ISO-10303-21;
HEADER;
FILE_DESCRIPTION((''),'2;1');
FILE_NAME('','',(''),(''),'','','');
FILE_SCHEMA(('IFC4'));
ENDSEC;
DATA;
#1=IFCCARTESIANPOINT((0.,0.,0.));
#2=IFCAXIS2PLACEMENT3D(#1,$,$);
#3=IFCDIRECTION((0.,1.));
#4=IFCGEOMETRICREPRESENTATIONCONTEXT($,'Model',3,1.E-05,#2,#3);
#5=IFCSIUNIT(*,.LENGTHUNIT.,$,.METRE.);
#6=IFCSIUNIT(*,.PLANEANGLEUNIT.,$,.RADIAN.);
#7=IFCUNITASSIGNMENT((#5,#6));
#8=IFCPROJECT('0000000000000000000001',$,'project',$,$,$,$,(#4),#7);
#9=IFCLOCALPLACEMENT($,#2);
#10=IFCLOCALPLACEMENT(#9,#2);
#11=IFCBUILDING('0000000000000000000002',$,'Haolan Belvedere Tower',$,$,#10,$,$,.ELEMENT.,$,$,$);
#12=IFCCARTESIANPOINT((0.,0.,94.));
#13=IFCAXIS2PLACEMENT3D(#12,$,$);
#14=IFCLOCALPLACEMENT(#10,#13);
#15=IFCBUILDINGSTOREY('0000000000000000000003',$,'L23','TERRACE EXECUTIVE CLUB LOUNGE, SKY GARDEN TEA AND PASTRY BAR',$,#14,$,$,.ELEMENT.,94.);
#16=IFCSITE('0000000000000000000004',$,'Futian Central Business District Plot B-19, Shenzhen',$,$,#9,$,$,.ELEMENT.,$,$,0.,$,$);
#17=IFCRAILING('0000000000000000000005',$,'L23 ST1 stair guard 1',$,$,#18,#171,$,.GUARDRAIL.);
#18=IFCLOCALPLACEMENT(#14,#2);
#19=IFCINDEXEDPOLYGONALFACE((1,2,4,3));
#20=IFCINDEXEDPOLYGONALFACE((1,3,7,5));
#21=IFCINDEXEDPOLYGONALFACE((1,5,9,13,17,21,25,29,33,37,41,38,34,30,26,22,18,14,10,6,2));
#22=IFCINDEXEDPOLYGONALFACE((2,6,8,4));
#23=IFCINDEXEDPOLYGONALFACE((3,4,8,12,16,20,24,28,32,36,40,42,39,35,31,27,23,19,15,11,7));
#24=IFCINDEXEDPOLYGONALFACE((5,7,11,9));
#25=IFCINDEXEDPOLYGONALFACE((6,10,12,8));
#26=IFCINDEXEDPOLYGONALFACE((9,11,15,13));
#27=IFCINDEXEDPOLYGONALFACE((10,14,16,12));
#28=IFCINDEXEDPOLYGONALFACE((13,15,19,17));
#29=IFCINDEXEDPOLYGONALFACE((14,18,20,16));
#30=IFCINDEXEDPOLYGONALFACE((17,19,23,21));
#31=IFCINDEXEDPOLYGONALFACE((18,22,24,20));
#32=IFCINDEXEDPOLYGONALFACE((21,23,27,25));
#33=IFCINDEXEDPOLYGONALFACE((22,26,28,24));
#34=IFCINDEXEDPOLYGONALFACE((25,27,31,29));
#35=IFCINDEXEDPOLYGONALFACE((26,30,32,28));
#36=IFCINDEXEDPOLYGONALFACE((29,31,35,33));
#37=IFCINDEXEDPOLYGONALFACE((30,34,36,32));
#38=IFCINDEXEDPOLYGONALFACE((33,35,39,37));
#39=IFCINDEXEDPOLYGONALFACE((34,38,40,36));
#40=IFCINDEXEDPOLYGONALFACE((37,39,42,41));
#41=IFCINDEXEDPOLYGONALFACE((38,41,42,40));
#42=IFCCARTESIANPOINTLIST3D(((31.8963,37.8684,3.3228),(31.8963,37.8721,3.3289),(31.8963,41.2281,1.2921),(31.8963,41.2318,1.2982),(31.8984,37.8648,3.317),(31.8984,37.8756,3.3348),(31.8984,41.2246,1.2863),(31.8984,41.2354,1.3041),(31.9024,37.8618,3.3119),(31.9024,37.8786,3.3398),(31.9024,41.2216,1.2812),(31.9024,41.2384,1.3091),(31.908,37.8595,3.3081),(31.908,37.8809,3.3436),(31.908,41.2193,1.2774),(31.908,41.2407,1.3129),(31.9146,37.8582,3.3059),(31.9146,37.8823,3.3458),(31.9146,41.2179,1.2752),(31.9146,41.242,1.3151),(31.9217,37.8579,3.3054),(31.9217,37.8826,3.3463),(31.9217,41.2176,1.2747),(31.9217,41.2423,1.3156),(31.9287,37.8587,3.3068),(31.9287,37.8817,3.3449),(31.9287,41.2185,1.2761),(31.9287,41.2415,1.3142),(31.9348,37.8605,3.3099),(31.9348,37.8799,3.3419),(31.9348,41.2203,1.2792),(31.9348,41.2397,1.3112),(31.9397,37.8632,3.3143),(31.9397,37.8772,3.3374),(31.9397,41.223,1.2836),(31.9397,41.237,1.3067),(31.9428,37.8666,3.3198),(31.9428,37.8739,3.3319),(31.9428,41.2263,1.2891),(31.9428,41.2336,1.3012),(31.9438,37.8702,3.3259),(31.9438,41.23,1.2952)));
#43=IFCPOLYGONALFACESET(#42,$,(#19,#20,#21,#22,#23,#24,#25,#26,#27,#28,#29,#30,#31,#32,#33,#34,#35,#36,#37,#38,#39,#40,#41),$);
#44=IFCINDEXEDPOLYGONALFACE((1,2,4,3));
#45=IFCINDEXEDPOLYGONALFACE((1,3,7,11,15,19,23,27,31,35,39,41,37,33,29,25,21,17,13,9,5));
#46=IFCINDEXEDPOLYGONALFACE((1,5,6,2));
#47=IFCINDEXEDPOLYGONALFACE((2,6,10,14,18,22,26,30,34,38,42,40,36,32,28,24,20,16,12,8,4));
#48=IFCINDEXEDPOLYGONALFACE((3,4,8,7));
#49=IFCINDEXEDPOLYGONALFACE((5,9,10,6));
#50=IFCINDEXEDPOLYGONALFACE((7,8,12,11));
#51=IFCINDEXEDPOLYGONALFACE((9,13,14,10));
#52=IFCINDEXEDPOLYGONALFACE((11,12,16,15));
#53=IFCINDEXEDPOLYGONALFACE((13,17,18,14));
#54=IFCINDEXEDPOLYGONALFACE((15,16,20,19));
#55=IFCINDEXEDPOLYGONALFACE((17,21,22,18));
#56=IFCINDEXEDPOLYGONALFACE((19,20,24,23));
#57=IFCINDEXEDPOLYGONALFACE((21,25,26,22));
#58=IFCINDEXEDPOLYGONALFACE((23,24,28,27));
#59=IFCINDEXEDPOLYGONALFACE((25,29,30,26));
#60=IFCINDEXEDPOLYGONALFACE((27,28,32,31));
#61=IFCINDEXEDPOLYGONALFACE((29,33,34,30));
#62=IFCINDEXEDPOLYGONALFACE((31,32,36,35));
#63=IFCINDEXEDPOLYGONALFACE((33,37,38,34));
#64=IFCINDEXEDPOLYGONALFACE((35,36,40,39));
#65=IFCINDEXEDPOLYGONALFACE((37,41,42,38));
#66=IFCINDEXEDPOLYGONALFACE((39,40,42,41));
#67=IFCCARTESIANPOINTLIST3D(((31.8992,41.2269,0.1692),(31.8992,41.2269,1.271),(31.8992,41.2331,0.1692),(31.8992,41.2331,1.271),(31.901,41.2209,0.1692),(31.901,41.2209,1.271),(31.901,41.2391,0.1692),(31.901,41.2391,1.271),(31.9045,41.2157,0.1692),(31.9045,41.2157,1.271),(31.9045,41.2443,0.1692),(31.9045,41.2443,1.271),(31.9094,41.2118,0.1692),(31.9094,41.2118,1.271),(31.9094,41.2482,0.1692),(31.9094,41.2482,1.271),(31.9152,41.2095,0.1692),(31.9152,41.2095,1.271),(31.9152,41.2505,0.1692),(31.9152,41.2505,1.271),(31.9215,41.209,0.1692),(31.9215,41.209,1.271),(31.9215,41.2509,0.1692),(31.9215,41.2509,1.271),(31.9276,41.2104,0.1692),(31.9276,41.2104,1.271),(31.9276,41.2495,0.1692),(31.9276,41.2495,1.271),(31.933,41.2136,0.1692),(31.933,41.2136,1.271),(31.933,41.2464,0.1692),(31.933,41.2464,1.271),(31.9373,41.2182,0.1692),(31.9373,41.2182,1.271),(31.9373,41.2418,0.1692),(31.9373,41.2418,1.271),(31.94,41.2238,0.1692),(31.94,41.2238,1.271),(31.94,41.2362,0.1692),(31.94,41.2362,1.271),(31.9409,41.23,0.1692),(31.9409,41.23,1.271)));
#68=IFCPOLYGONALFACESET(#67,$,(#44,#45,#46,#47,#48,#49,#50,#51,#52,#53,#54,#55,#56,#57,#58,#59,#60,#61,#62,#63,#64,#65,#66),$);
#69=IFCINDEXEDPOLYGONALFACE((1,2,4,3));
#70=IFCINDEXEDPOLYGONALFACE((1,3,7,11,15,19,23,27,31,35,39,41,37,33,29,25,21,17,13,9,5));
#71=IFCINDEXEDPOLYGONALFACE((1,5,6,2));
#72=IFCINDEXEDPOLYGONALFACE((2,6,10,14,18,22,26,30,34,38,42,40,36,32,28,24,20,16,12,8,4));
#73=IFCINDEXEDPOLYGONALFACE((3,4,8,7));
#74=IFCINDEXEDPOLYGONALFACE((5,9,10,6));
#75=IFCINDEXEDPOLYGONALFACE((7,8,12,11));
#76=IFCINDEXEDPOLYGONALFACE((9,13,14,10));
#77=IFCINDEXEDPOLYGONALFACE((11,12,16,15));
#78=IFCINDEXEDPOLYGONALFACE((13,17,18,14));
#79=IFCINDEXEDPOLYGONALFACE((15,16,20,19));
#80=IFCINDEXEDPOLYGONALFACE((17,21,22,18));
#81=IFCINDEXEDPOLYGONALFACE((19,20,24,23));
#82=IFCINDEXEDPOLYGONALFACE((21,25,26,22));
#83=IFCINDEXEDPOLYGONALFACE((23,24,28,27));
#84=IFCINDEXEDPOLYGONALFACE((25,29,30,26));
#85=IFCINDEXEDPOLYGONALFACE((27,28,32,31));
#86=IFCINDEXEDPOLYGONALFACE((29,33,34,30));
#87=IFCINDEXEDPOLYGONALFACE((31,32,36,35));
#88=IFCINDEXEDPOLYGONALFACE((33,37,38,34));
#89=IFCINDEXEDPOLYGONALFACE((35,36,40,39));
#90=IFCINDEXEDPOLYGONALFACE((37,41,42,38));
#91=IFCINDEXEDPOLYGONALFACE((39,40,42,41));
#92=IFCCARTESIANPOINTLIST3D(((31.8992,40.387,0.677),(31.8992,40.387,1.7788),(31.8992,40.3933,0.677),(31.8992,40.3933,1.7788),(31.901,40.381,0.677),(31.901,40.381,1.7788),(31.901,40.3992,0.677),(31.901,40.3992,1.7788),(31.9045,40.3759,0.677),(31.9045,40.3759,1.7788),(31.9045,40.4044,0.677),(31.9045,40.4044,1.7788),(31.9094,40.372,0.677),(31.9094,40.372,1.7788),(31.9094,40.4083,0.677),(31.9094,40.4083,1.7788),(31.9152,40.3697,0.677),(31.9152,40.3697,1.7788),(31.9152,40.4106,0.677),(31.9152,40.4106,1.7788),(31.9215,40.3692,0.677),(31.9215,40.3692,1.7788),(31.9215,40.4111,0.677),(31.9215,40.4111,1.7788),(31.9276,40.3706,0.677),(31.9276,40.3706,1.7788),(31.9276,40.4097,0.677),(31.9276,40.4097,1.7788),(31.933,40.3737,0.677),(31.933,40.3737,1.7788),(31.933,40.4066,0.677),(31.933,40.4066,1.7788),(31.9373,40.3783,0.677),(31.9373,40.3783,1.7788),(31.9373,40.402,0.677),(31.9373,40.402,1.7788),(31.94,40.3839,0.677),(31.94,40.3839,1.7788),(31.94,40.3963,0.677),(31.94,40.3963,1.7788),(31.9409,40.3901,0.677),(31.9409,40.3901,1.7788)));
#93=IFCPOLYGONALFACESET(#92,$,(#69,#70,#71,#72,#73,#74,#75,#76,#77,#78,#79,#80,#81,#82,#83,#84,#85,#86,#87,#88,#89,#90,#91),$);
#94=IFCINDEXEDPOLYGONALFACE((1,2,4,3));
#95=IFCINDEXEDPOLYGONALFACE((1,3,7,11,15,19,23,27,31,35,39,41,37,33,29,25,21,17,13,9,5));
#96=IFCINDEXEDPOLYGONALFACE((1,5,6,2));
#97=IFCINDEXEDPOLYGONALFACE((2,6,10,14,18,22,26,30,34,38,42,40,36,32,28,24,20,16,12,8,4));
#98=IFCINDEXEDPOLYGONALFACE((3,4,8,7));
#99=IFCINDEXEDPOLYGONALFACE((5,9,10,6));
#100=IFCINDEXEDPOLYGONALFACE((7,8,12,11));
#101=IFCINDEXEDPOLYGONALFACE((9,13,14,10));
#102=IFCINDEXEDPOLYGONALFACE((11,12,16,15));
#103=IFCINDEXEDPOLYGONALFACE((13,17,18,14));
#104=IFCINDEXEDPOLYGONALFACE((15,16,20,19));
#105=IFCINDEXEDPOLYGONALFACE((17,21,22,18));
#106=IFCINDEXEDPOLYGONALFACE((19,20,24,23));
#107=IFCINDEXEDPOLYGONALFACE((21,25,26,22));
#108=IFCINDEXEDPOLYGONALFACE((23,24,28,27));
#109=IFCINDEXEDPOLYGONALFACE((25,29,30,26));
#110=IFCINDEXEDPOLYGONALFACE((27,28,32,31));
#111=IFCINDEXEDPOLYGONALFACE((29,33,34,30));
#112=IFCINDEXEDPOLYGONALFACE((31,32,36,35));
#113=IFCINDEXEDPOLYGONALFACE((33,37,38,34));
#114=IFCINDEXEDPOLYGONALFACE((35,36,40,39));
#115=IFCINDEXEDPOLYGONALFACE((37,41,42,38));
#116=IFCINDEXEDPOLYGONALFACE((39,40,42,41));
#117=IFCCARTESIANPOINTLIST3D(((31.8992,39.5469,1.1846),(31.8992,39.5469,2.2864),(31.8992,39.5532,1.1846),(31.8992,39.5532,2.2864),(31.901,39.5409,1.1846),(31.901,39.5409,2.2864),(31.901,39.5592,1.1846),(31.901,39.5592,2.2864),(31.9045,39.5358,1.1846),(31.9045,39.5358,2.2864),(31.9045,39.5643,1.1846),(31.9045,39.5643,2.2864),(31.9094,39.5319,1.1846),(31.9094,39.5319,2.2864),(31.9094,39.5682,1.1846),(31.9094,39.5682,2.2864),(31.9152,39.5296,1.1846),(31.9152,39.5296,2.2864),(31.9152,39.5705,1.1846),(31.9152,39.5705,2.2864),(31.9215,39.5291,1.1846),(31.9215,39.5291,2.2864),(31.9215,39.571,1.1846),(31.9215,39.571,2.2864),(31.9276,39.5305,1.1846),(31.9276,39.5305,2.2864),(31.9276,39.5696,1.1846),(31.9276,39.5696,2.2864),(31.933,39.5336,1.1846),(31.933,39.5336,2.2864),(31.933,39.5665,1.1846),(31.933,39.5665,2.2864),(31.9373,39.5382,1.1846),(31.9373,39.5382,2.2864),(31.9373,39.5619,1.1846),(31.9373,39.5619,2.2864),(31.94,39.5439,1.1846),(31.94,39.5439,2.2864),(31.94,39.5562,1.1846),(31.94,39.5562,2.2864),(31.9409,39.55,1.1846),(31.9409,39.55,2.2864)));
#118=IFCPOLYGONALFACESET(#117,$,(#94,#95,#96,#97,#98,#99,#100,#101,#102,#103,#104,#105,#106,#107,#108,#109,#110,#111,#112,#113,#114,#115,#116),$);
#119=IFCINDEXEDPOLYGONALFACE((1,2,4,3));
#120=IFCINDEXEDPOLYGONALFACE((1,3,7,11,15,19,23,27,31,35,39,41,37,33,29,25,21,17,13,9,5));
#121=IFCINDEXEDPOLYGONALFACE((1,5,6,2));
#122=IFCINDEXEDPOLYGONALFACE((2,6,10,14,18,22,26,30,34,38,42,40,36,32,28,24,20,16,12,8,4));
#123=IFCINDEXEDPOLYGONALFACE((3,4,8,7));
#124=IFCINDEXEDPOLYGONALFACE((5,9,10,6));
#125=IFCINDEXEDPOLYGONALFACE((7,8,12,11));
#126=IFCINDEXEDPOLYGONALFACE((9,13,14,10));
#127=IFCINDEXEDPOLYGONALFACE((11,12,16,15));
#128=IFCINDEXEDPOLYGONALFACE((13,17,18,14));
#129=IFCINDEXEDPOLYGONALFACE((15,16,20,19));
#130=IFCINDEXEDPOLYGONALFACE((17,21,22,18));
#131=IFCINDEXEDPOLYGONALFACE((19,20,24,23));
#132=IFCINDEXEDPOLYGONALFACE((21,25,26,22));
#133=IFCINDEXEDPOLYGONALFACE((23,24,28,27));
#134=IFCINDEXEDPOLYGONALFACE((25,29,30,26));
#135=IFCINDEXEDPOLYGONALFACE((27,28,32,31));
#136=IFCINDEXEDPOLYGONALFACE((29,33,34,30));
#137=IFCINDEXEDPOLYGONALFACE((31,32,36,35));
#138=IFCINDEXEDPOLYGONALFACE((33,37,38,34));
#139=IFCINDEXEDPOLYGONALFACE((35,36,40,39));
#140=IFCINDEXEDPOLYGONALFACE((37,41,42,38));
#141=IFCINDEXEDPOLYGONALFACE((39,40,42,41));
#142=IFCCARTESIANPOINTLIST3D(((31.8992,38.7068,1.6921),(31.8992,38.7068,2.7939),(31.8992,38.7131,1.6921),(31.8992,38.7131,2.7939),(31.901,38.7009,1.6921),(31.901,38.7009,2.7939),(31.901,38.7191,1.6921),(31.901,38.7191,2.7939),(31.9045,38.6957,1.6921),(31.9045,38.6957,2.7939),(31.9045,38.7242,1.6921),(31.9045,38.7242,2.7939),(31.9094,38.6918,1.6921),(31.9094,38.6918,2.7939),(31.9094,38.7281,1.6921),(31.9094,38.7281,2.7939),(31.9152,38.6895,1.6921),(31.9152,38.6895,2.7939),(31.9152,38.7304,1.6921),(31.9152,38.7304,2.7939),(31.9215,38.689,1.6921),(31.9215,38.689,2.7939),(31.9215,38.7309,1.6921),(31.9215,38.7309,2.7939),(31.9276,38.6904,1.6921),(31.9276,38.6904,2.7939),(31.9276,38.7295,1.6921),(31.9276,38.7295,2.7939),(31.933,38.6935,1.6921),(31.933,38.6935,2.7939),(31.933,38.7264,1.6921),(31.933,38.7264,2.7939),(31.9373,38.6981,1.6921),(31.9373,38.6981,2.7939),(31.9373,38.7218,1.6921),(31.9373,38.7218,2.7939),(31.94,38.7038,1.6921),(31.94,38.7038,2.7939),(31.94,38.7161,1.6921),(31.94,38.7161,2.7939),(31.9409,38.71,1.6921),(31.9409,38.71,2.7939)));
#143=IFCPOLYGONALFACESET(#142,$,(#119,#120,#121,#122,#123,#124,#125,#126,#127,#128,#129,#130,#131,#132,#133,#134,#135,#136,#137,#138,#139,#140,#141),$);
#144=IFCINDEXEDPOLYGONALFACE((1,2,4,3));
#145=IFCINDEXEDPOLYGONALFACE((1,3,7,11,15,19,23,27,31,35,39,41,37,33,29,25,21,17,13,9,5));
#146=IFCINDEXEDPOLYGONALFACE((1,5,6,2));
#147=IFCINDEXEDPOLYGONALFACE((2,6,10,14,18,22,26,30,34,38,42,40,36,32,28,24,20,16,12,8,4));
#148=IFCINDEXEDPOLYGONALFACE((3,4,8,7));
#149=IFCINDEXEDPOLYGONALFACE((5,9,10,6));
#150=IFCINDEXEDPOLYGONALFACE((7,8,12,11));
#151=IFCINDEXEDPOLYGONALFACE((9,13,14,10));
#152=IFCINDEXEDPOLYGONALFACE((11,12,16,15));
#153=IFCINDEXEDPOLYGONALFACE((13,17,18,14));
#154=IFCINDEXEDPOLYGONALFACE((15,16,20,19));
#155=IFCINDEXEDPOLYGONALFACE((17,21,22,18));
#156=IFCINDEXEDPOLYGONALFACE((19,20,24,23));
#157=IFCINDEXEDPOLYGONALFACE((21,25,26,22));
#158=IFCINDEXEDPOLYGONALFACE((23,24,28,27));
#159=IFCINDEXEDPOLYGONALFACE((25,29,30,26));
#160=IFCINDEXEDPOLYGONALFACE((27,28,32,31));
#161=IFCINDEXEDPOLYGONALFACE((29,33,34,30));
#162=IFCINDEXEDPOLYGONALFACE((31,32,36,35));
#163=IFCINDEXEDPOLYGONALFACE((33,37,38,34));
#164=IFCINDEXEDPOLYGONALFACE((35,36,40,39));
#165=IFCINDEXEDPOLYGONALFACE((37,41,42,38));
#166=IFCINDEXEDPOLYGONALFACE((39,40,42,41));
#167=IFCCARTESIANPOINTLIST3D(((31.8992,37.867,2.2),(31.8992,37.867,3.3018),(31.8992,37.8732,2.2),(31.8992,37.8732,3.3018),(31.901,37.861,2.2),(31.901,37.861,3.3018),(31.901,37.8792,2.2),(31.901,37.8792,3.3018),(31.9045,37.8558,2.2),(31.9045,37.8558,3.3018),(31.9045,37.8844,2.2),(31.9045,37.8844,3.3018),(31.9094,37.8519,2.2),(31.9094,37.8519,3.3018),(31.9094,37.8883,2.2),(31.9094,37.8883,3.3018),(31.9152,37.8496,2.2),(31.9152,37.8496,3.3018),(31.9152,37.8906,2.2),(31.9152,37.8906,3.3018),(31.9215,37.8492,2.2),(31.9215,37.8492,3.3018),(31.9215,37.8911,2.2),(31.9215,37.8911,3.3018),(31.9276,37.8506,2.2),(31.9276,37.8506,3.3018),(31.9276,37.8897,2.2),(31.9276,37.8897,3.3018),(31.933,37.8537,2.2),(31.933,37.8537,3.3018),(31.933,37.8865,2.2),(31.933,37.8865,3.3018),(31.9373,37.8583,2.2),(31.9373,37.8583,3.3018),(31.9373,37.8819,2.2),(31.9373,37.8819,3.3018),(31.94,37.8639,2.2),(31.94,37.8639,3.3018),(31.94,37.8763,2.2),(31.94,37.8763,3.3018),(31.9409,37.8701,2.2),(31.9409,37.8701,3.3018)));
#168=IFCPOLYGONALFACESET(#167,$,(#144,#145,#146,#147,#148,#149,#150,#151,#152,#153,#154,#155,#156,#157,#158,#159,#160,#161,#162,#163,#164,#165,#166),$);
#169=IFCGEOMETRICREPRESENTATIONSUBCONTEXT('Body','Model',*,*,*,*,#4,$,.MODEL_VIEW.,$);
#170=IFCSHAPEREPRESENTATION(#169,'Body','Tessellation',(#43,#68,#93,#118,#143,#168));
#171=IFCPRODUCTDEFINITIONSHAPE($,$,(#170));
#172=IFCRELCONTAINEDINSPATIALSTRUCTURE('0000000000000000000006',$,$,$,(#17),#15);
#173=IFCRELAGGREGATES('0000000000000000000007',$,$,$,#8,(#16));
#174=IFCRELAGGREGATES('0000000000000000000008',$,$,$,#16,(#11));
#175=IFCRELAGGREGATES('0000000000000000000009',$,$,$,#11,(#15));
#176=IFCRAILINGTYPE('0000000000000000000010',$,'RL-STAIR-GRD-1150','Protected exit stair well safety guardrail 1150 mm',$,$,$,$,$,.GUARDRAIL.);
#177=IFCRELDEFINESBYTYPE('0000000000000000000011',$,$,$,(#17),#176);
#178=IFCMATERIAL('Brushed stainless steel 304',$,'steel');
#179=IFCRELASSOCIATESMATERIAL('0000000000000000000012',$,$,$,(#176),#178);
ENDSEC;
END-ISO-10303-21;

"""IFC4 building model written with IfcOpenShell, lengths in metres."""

from ifc_helpers import new_model, si_unit, direction, frame, origin, origin_2d, place, context, subcontext, project, spatial, circle, extrude, material, type_object, element, save


model = new_model("IFC4")

# Units and contexts
model_context = context("Model", 3, precision=1e-05, world=origin(), true_north=direction((0.0, 1.0)))
body_context = subcontext(model_context, "Body", "Model", "MODEL_VIEW")
ifc_project = project(units=[si_unit("LENGTHUNIT", "METRE"), si_unit("PLANEANGLEUNIT", "RADIAN")], contexts=[model_context])

# Site, building, storey
site_placement = place(None, origin())
site = spatial("IfcSite", under=ifc_project, at=site_placement, Name="Futian Central Business District Plot B-19, Shenzhen", CompositionType="ELEMENT", RefElevation=0.0)
building_placement = place(site_placement, origin())
building = spatial("IfcBuilding", under=site, at=building_placement, Name="Haolan Belvedere Tower", CompositionType="ELEMENT")
storey_placement = place(building_placement, frame((0.0, 0.0, 94.0)))
storey = spatial("IfcBuildingStorey", under=building, at=storey_placement, Name="L23", Description="TERRACE EXECUTIVE CLUB LOUNGE, SKY GARDEN TEA AND PASTRY BAR", CompositionType="ELEMENT", Elevation=94.0)

# Railing
ifc_material_1 = material(Name="Brushed stainless steel 304", Category="steel")
railing_type_1 = type_object("IfcRailingType", Name="RL-STAIR-GRD-1150", Description="Protected exit stair well safety guardrail 1150 mm", PredefinedType="GUARDRAIL", material=ifc_material_1)
railing_1_placement = place(storey_placement, frame((31.9199, 41.23, 0.1692)))
element("IfcRailing", 1, at=railing_1_placement, inside=storey, type_object=railing_type_1, Name="L23 ST1 stair guard 1", PredefinedType="GUARDRAIL", context=body_context, shape_type="SweptSolid", body=[
    extrude(circle(Radius=0.0239, at=origin_2d()), frame((0.0, 0.0, 1.126), z_axis=(0.0, -0.85582, 0.517273), x_axis=(1.0, 0.0, 0.0)), (0.0, 0.0, 1.0), 3.9258),
    extrude(circle(Radius=0.021, at=origin_2d()), origin(), (0.0, 0.0, 1.0), 1.1018),
    extrude(circle(Radius=0.021, at=origin_2d()), frame((0.0, -0.8398, 0.5078)), (0.0, 0.0, 1.0), 1.1018),
    extrude(circle(Radius=0.021, at=origin_2d()), frame((0.0, -1.6799, 1.0154)), (0.0, 0.0, 1.0), 1.1018),
    extrude(circle(Radius=0.021, at=origin_2d()), frame((0.0, -2.52, 1.5229)), (0.0, 0.0, 1.0), 1.1018),
    extrude(circle(Radius=0.021, at=origin_2d()), frame((0.0, -3.3599, 2.0308)), (0.0, 0.0, 1.0), 1.1018),
])

save(model, "model.ifc")
